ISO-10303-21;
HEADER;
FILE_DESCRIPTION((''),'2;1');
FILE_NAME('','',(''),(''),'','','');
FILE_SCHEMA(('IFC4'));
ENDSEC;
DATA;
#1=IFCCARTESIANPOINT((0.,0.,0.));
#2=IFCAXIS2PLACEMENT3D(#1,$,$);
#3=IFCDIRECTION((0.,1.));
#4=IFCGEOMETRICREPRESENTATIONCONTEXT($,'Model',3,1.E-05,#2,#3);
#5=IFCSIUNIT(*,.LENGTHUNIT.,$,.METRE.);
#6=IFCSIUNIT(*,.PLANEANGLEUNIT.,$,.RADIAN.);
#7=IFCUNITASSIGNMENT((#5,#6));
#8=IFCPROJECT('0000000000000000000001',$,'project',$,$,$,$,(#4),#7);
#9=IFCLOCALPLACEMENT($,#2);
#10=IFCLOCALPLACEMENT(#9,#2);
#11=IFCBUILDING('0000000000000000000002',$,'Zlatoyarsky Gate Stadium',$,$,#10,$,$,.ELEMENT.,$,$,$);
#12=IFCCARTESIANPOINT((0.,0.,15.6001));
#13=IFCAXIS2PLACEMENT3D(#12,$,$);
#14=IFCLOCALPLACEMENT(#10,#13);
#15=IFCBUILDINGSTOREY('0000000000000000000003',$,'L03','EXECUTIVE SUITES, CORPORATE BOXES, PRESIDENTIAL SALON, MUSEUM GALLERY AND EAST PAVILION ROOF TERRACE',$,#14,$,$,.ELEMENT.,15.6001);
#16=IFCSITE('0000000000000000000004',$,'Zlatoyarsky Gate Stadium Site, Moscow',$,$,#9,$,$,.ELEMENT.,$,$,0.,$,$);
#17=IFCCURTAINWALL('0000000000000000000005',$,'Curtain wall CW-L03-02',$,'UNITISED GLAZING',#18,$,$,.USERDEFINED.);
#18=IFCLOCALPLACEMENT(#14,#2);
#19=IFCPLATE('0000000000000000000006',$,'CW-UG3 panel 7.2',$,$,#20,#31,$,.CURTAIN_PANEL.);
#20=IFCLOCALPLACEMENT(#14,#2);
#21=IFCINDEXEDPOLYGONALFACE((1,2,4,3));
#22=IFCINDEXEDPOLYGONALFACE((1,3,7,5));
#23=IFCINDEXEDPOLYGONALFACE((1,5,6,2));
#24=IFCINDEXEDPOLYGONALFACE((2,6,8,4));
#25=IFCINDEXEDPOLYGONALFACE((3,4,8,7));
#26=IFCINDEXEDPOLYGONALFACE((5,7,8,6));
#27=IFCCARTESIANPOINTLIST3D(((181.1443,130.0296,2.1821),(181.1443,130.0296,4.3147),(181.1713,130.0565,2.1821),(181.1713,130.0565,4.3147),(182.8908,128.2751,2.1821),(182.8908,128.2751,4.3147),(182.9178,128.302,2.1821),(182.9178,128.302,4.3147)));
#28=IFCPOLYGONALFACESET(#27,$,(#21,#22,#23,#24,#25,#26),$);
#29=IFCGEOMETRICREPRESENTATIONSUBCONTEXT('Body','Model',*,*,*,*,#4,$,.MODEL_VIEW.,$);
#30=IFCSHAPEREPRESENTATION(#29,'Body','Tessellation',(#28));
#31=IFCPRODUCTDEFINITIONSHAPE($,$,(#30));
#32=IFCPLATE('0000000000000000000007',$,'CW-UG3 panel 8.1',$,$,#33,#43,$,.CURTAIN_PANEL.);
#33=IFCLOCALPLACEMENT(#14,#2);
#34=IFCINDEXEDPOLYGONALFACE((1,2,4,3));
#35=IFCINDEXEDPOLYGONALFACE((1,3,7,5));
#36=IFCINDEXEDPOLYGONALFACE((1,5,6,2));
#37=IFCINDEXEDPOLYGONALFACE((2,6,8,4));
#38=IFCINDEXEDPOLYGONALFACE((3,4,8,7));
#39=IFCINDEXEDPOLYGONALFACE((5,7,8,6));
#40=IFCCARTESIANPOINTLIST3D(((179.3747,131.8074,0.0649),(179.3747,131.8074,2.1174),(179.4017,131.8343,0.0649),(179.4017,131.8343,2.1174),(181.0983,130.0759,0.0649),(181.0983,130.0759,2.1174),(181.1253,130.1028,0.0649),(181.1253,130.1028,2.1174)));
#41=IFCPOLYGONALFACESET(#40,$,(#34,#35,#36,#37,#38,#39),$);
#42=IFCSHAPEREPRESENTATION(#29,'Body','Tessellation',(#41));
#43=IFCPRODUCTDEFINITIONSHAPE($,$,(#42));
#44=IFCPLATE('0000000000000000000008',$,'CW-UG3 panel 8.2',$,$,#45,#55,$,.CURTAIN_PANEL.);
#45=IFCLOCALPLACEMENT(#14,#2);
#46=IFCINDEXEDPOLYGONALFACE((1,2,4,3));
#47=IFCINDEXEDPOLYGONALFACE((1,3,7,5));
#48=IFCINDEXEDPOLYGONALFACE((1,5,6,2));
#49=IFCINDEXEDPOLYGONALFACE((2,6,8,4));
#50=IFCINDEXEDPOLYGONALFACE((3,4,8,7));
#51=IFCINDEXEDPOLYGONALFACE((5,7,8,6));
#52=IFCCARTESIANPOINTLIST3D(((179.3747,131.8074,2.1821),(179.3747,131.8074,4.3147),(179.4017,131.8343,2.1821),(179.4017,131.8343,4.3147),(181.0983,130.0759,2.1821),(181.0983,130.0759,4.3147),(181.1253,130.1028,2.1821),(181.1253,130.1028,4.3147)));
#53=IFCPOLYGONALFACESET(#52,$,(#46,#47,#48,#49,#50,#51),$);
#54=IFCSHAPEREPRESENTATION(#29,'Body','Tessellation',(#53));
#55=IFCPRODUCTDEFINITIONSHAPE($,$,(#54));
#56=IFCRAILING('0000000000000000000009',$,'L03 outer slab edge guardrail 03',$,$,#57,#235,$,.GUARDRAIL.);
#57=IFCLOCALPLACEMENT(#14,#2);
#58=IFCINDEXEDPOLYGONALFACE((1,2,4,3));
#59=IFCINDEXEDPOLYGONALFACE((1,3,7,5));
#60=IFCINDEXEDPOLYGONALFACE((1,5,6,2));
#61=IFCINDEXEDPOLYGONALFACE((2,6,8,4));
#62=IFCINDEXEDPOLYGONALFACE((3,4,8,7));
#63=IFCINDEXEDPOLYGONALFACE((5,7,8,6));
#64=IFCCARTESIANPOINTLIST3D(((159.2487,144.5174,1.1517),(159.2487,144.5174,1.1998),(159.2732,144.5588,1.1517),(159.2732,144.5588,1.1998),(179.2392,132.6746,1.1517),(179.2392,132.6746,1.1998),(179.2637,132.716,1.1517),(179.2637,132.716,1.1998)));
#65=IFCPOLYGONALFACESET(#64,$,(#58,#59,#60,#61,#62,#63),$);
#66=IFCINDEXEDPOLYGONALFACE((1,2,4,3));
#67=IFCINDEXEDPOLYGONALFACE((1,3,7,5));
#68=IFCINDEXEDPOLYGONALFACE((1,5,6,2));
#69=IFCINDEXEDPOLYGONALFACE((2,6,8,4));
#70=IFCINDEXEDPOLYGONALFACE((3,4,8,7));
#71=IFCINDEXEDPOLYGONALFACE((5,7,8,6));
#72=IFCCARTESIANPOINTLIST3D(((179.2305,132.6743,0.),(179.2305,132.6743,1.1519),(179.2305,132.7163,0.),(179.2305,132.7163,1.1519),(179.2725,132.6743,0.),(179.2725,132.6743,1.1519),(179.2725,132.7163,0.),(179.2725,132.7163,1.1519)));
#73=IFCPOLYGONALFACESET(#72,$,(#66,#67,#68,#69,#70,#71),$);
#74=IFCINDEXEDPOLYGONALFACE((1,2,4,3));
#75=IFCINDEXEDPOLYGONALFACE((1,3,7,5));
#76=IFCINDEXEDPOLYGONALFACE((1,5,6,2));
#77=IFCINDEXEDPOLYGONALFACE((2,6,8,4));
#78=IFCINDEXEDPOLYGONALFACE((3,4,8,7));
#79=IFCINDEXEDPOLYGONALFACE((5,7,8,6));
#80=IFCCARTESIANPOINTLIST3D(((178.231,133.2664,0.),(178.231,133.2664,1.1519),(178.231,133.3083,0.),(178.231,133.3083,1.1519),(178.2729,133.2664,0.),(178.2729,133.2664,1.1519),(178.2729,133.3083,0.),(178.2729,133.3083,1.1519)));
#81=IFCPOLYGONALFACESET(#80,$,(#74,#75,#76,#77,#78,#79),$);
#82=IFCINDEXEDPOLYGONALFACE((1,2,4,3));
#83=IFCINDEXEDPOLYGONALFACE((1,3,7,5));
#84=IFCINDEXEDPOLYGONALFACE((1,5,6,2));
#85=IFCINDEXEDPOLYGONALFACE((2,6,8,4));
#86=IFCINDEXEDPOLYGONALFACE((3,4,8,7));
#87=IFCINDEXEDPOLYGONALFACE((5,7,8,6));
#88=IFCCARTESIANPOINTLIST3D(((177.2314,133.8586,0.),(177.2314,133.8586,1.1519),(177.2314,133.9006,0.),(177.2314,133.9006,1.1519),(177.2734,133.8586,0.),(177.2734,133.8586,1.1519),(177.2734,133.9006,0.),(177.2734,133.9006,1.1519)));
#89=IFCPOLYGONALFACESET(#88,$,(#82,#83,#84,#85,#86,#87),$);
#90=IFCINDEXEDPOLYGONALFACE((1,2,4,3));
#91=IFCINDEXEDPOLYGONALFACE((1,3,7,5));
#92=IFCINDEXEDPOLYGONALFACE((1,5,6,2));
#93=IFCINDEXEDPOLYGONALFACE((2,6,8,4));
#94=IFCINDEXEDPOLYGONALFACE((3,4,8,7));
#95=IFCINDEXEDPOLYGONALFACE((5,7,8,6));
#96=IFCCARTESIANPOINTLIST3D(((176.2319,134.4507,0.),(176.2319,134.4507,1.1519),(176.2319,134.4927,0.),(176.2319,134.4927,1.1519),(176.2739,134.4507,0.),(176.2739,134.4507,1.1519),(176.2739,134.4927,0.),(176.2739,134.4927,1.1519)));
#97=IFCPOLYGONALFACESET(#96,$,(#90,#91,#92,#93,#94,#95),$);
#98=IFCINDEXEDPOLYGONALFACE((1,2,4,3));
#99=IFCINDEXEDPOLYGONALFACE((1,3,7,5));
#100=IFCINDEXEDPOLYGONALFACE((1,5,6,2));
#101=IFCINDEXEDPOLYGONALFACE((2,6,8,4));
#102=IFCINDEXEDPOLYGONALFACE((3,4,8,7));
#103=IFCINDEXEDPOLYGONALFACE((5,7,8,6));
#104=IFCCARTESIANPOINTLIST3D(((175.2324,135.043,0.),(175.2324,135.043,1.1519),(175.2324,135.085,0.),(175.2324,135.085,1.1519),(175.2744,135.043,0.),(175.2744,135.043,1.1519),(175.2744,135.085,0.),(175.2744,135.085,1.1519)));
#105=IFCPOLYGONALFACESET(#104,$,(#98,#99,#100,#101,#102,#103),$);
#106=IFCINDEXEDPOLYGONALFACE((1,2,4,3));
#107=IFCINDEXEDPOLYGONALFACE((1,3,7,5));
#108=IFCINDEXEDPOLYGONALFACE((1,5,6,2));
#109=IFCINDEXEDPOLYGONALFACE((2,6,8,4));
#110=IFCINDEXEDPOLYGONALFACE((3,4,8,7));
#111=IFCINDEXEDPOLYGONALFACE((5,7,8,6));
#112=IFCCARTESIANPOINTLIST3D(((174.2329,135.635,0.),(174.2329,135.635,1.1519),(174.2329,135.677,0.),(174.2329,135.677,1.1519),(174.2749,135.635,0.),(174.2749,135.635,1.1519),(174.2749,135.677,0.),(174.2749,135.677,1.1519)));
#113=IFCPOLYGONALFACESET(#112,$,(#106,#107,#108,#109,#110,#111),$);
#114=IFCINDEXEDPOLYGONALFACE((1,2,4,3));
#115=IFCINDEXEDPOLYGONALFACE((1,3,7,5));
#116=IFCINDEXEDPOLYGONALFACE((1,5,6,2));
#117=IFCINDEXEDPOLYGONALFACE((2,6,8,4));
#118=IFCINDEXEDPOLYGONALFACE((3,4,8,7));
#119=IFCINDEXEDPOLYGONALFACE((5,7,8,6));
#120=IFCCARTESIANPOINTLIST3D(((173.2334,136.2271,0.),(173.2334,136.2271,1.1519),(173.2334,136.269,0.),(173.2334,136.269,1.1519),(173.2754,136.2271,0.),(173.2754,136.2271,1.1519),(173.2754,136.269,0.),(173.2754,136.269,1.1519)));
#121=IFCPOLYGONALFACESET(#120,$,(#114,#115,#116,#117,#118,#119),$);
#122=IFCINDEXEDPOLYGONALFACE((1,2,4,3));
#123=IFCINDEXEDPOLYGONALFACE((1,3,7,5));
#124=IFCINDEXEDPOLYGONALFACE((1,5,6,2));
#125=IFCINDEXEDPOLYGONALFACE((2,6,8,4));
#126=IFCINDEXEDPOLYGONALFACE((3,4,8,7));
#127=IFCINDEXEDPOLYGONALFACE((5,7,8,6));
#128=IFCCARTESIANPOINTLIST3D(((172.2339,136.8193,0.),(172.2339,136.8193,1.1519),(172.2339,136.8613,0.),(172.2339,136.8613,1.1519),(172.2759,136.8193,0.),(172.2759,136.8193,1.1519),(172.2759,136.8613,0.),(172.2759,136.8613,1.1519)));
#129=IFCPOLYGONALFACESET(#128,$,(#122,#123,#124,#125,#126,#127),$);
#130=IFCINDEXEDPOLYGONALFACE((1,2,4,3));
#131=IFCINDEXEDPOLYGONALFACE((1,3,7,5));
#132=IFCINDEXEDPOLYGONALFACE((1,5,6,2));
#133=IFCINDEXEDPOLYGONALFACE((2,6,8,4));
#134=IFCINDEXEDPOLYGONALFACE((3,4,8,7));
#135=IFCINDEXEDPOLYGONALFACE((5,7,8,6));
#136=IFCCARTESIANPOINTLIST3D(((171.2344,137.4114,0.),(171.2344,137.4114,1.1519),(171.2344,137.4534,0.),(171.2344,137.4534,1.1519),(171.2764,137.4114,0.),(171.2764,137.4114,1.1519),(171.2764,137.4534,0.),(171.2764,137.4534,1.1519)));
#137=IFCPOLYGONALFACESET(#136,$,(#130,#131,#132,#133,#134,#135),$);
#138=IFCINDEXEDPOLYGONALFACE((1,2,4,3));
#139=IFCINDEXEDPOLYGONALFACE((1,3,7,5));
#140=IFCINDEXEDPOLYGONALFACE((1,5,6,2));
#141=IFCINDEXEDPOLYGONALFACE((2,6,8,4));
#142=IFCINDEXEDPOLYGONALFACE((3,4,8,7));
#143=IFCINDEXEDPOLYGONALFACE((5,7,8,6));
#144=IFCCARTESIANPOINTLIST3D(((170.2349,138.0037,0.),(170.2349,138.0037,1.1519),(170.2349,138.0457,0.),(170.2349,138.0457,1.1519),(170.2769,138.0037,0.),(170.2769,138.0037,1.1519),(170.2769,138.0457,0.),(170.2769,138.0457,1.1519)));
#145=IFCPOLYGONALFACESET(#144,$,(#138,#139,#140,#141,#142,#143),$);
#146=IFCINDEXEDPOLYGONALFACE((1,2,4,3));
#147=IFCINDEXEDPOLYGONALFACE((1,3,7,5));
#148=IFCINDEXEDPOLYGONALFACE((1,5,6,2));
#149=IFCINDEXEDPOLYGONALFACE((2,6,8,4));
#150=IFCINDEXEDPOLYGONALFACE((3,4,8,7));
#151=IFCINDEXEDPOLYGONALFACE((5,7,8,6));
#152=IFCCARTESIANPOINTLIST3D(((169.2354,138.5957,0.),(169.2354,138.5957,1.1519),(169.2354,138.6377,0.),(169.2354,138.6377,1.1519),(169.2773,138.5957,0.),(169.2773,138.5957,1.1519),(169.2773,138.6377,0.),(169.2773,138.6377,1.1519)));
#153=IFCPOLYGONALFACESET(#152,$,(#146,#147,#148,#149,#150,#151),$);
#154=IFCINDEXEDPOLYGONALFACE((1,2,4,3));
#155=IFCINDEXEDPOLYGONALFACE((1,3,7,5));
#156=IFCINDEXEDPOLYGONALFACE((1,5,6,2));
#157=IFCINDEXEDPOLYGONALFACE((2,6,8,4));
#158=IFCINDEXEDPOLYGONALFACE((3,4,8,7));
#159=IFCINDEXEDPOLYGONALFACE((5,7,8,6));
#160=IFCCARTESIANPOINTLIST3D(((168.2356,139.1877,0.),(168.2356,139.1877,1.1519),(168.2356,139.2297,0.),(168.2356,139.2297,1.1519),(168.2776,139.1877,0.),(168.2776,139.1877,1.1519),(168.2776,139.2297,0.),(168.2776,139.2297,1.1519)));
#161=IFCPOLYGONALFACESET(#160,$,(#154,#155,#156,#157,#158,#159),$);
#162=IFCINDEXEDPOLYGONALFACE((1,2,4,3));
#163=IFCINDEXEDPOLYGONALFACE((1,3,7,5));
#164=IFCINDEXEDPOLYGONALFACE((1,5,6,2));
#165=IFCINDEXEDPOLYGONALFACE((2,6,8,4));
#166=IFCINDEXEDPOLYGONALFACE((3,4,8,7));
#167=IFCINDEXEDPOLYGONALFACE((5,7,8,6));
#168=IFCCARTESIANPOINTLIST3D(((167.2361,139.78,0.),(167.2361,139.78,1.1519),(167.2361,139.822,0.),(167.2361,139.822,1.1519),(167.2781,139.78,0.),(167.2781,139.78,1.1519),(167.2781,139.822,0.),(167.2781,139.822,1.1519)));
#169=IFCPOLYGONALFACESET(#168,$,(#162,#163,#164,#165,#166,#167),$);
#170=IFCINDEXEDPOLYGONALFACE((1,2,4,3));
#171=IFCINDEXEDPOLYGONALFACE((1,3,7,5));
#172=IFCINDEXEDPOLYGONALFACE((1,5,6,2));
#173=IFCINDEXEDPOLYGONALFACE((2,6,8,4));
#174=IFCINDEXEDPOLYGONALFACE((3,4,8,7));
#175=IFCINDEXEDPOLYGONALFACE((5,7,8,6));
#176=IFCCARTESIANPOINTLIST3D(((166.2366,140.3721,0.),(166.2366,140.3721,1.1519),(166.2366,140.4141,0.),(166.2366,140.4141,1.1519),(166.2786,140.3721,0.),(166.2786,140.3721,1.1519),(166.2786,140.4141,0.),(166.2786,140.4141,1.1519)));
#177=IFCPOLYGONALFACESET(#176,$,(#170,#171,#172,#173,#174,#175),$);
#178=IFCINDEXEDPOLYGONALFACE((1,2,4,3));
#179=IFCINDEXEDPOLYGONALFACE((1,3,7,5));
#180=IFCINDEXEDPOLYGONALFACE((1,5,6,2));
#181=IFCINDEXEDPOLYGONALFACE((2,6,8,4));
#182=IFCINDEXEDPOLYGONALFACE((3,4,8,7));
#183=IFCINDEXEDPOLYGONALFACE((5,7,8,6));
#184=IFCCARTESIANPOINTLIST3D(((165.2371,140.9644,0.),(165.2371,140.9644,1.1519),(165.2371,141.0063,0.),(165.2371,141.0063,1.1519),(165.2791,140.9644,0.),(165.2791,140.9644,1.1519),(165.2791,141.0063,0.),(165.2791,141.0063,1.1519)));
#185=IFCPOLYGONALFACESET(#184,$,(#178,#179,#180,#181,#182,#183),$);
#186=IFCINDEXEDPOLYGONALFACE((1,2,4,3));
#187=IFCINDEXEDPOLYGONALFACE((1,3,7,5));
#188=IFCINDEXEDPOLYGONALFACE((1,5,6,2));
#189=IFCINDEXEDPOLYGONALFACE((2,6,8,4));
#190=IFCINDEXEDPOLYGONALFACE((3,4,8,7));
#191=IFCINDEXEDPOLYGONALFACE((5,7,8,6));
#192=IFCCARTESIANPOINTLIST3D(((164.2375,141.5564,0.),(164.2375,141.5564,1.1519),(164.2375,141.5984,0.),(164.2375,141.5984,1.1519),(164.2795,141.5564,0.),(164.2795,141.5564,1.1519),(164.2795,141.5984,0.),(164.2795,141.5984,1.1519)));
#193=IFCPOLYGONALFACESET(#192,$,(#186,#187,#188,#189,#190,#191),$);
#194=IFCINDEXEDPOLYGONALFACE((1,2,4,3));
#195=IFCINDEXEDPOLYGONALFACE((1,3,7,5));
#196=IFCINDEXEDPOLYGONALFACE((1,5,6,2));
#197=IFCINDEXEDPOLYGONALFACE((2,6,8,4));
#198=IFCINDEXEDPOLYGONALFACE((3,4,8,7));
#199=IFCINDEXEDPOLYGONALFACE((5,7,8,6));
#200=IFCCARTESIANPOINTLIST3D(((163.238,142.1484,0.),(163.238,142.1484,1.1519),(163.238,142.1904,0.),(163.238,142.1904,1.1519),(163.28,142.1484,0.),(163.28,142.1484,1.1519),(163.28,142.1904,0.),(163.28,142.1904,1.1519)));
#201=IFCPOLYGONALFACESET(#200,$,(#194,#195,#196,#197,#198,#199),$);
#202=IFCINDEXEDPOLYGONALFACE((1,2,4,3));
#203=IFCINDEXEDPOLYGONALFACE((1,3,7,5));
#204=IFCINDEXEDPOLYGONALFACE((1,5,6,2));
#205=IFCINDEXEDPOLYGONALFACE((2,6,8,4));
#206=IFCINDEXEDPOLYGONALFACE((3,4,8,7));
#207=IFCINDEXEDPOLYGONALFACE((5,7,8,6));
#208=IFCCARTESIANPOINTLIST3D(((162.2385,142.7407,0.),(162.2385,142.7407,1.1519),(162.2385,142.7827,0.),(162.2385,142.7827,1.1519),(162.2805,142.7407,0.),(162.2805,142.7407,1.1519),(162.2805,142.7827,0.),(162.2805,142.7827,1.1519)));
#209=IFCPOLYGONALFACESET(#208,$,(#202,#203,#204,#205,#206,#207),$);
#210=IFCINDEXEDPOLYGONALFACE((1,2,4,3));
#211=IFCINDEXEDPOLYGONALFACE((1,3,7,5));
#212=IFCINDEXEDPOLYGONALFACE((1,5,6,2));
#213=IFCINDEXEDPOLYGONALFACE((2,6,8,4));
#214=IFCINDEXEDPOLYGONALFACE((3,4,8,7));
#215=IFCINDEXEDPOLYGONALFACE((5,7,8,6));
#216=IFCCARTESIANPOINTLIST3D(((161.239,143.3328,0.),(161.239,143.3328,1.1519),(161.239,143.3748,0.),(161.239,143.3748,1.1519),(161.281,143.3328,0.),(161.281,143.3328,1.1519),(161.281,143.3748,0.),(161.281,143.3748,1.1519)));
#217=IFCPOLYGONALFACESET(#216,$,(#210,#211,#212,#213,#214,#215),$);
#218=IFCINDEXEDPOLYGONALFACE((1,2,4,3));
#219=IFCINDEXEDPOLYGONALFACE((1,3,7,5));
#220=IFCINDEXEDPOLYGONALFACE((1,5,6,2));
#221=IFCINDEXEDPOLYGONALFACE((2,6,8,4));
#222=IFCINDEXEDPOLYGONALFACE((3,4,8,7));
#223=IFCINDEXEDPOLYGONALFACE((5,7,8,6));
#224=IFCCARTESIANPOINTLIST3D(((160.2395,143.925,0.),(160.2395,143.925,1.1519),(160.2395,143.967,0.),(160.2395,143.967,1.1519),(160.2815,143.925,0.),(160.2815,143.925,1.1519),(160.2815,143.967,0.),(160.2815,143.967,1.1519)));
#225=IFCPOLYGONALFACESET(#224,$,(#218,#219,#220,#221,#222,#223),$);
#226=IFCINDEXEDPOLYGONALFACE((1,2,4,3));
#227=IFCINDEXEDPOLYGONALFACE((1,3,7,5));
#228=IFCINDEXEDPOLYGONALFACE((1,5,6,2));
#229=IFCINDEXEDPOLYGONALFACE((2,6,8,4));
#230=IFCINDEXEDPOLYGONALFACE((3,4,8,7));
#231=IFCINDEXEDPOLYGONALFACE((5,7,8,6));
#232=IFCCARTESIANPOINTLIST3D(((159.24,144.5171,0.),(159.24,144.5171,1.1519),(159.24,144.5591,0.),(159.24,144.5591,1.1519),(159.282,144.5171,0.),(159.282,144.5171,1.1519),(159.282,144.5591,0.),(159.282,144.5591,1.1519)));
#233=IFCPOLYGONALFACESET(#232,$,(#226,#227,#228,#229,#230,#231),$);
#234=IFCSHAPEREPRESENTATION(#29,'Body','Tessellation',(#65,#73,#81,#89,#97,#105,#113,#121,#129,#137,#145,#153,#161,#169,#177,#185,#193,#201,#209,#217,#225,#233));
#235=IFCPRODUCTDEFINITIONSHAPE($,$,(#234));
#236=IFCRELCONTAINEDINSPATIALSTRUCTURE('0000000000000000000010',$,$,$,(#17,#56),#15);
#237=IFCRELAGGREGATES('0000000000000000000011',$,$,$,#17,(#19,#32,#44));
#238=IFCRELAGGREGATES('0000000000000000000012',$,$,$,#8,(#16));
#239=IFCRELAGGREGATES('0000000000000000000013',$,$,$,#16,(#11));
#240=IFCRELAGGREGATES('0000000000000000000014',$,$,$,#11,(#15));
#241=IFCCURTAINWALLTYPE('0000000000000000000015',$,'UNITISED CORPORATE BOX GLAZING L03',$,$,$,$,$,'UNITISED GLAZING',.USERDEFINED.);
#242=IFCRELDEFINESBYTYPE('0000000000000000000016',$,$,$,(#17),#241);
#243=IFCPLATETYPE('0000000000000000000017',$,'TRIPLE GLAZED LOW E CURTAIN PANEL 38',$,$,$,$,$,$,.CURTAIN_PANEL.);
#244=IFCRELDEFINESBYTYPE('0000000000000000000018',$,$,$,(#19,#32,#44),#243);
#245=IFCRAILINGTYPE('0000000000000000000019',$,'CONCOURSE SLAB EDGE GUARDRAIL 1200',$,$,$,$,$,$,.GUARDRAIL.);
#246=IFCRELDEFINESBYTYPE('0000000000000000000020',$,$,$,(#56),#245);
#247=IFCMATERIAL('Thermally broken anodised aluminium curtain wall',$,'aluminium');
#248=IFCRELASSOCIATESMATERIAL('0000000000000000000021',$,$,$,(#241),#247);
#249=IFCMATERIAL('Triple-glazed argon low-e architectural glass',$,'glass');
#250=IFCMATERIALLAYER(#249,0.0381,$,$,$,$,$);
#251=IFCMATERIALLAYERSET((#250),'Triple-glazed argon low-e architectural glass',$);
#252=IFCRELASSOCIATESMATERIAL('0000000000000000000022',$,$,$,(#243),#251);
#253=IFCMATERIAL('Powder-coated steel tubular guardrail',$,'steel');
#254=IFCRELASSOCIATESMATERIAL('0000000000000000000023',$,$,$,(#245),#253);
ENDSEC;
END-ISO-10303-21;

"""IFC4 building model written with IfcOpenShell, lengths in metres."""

from ifc_helpers import new_model, si_unit, direction, frame, origin, origin_2d, place, context, subcontext, project, spatial, rectangle, extrude, material, layer, layer_set, type_object, element, aggregate, save


model = new_model("IFC4")

# Units and contexts
model_context = context("Model", 3, precision=1e-05, world=origin(), true_north=direction((0.0, 1.0)))
body_context = subcontext(model_context, "Body", "Model", "MODEL_VIEW")
ifc_project = project(units=[si_unit("LENGTHUNIT", "METRE"), si_unit("PLANEANGLEUNIT", "RADIAN")], contexts=[model_context])

# Site, building, storey
site_placement = place(None, origin())
site = spatial("IfcSite", under=ifc_project, at=site_placement, Name="Zlatoyarsky Gate Stadium Site, Moscow", CompositionType="ELEMENT", RefElevation=0.0)
building_placement = place(site_placement, origin())
building = spatial("IfcBuilding", under=site, at=building_placement, Name="Zlatoyarsky Gate Stadium", CompositionType="ELEMENT")
storey_placement = place(building_placement, frame((0.0, 0.0, 15.6001)))
storey = spatial("IfcBuildingStorey", under=building, at=storey_placement, Name="L03", Description="EXECUTIVE SUITES, CORPORATE BOXES, PRESIDENTIAL SALON, MUSEUM GALLERY AND EAST PAVILION ROOF TERRACE", CompositionType="ELEMENT", Elevation=15.6001)

# Curtain wall
ifc_material_1 = material(Name="Thermally broken anodised aluminium curtain wall", Category="aluminium")
curtain_wall_type = type_object("IfcCurtainWallType", Name="UNITISED CORPORATE BOX GLAZING L03", ElementType="UNITISED GLAZING", PredefinedType="USERDEFINED", material=ifc_material_1)
curtain_wall_1_placement = place(storey_placement, origin())
curtain_wall_1 = element("IfcCurtainWall", 1, at=curtain_wall_1_placement, inside=storey, type_object=curtain_wall_type, Name="Curtain wall CW-L03-02", ObjectType="UNITISED GLAZING", PredefinedType="USERDEFINED")

# Plates
ifc_material_2 = material(Name="Triple-glazed argon low-e architectural glass", Category="glass")
ifc_layer_1 = layer(ifc_material_2, 0.0381)
ifc_layer_set_1 = layer_set([ifc_layer_1], Name="Triple-glazed argon low-e architectural glass")
plate_type_1 = type_object("IfcPlateType", Name="TRIPLE GLAZED LOW E CURTAIN PANEL 38", PredefinedType="CURTAIN_PANEL", material=ifc_layer_set_1)
plate_1_placement = place(storey_placement, frame((182.031, 129.1658, 2.1821), z_axis=(0.0, 0.0, 1.0), x_axis=(-0.705489, 0.708721, 0.0)))
plate_1 = element("IfcPlate", 2, at=plate_1_placement, type_object=plate_type_1, Name="CW-UG3 panel 7.2", PredefinedType="CURTAIN_PANEL", context=body_context, shape_type="SweptSolid", body=[
    extrude(rectangle(XDim=2.4756, YDim=0.0381, at=origin_2d()), origin(), (0.0, 0.0, 1.0), 2.1326),
])
plate_2_placement = place(storey_placement, frame((180.25, 130.9551, 0.0649), z_axis=(0.0, 0.0, 1.0), x_axis=(-0.705489, 0.708721, 0.0)))
plate_2 = element("IfcPlate", 3, at=plate_2_placement, type_object=plate_type_1, Name="CW-UG3 panel 8.1", PredefinedType="CURTAIN_PANEL", context=body_context, shape_type="SweptSolid", body=[
    extrude(rectangle(XDim=2.4431, YDim=0.0381, at=origin_2d()), origin(), (0.0, 0.0, 1.0), 2.0525),
])
plate_3_placement = place(storey_placement, frame((180.25, 130.9551, 2.1821), z_axis=(0.0, 0.0, 1.0), x_axis=(-0.705489, 0.708721, 0.0)))
plate_3 = element("IfcPlate", 4, at=plate_3_placement, type_object=plate_type_1, Name="CW-UG3 panel 8.2", PredefinedType="CURTAIN_PANEL", context=body_context, shape_type="SweptSolid", body=[
    extrude(rectangle(XDim=2.4431, YDim=0.0381, at=origin_2d()), origin(), (0.0, 0.0, 1.0), 2.1326),
])
aggregate(curtain_wall_1, [plate_1, plate_2, plate_3])

# Railing
ifc_material_3 = material(Name="Powder-coated steel tubular guardrail", Category="steel")
railing_type = type_object("IfcRailingType", Name="CONCOURSE SLAB EDGE GUARDRAIL 1200", PredefinedType="GUARDRAIL", material=ifc_material_3)
railing_placement = place(storey_placement, frame((179.2515, 132.6953, 0.0)))
element("IfcRailing", 5, at=railing_placement, inside=storey, type_object=railing_type, Name="L03 outer slab edge guardrail 03", PredefinedType="GUARDRAIL", context=body_context, shape_type="SweptSolid", body=[
    extrude(rectangle(XDim=0.0481, YDim=0.0481, at=origin_2d()), frame((0.0, 0.0, 1.1758), z_axis=(-0.860356, 0.509693, 0.0), x_axis=(-0.509693, -0.860356, 0.0)), (0.0, 0.0, 1.0), 23.2351),
    extrude(rectangle(XDim=0.042, YDim=0.042, at=origin_2d()), origin(), (0.0, 0.0, 1.0), 1.1519),
    extrude(rectangle(XDim=0.042, YDim=0.042, at=origin_2d()), frame((-0.9995, 0.592, 0.0)), (0.0, 0.0, 1.0), 1.1519),
    extrude(rectangle(XDim=0.042, YDim=0.042, at=origin_2d()), frame((-1.999, 1.1843, 0.0)), (0.0, 0.0, 1.0), 1.1519),
    extrude(rectangle(XDim=0.042, YDim=0.042, at=origin_2d()), frame((-2.9985, 1.7764, 0.0)), (0.0, 0.0, 1.0), 1.1519),
    extrude(rectangle(XDim=0.042, YDim=0.042, at=origin_2d()), frame((-3.998, 2.3687, 0.0)), (0.0, 0.0, 1.0), 1.1519),
    extrude(rectangle(XDim=0.042, YDim=0.042, at=origin_2d()), frame((-4.9976, 2.9607, 0.0)), (0.0, 0.0, 1.0), 1.1519),
    extrude(rectangle(XDim=0.042, YDim=0.042, at=origin_2d()), frame((-5.9971, 3.5527, 0.0)), (0.0, 0.0, 1.0), 1.1519),
    extrude(rectangle(XDim=0.042, YDim=0.042, at=origin_2d()), frame((-6.9966, 4.145, 0.0)), (0.0, 0.0, 1.0), 1.1519),
    extrude(rectangle(XDim=0.042, YDim=0.042, at=origin_2d()), frame((-7.9961, 4.7371, 0.0)), (0.0, 0.0, 1.0), 1.1519),
    extrude(rectangle(XDim=0.042, YDim=0.042, at=origin_2d()), frame((-8.9956, 5.3293, 0.0)), (0.0, 0.0, 1.0), 1.1519),
    extrude(rectangle(XDim=0.042, YDim=0.042, at=origin_2d()), frame((-9.9951, 5.9214, 0.0)), (0.0, 0.0, 1.0), 1.1519),
    extrude(rectangle(XDim=0.042, YDim=0.042, at=origin_2d()), frame((-10.9949, 6.5134, 0.0)), (0.0, 0.0, 1.0), 1.1519),
    extrude(rectangle(XDim=0.042, YDim=0.042, at=origin_2d()), frame((-11.9944, 7.1057, 0.0)), (0.0, 0.0, 1.0), 1.1519),
    extrude(rectangle(XDim=0.042, YDim=0.042, at=origin_2d()), frame((-12.9939, 7.6978, 0.0)), (0.0, 0.0, 1.0), 1.1519),
    extrude(rectangle(XDim=0.042, YDim=0.042, at=origin_2d()), frame((-13.9934, 8.29, 0.0)), (0.0, 0.0, 1.0), 1.1519),
    extrude(rectangle(XDim=0.042, YDim=0.042, at=origin_2d()), frame((-14.9929, 8.8821, 0.0)), (0.0, 0.0, 1.0), 1.1519),
    extrude(rectangle(XDim=0.042, YDim=0.042, at=origin_2d()), frame((-15.9924, 9.4741, 0.0)), (0.0, 0.0, 1.0), 1.1519),
    extrude(rectangle(XDim=0.042, YDim=0.042, at=origin_2d()), frame((-16.9919, 10.0664, 0.0)), (0.0, 0.0, 1.0), 1.1519),
    extrude(rectangle(XDim=0.042, YDim=0.042, at=origin_2d()), frame((-17.9915, 10.6584, 0.0)), (0.0, 0.0, 1.0), 1.1519),
    extrude(rectangle(XDim=0.042, YDim=0.042, at=origin_2d()), frame((-18.991, 11.2507, 0.0)), (0.0, 0.0, 1.0), 1.1519),
    extrude(rectangle(XDim=0.042, YDim=0.042, at=origin_2d()), frame((-19.9905, 11.8428, 0.0)), (0.0, 0.0, 1.0), 1.1519),
])

save(model, "model.ifc")
